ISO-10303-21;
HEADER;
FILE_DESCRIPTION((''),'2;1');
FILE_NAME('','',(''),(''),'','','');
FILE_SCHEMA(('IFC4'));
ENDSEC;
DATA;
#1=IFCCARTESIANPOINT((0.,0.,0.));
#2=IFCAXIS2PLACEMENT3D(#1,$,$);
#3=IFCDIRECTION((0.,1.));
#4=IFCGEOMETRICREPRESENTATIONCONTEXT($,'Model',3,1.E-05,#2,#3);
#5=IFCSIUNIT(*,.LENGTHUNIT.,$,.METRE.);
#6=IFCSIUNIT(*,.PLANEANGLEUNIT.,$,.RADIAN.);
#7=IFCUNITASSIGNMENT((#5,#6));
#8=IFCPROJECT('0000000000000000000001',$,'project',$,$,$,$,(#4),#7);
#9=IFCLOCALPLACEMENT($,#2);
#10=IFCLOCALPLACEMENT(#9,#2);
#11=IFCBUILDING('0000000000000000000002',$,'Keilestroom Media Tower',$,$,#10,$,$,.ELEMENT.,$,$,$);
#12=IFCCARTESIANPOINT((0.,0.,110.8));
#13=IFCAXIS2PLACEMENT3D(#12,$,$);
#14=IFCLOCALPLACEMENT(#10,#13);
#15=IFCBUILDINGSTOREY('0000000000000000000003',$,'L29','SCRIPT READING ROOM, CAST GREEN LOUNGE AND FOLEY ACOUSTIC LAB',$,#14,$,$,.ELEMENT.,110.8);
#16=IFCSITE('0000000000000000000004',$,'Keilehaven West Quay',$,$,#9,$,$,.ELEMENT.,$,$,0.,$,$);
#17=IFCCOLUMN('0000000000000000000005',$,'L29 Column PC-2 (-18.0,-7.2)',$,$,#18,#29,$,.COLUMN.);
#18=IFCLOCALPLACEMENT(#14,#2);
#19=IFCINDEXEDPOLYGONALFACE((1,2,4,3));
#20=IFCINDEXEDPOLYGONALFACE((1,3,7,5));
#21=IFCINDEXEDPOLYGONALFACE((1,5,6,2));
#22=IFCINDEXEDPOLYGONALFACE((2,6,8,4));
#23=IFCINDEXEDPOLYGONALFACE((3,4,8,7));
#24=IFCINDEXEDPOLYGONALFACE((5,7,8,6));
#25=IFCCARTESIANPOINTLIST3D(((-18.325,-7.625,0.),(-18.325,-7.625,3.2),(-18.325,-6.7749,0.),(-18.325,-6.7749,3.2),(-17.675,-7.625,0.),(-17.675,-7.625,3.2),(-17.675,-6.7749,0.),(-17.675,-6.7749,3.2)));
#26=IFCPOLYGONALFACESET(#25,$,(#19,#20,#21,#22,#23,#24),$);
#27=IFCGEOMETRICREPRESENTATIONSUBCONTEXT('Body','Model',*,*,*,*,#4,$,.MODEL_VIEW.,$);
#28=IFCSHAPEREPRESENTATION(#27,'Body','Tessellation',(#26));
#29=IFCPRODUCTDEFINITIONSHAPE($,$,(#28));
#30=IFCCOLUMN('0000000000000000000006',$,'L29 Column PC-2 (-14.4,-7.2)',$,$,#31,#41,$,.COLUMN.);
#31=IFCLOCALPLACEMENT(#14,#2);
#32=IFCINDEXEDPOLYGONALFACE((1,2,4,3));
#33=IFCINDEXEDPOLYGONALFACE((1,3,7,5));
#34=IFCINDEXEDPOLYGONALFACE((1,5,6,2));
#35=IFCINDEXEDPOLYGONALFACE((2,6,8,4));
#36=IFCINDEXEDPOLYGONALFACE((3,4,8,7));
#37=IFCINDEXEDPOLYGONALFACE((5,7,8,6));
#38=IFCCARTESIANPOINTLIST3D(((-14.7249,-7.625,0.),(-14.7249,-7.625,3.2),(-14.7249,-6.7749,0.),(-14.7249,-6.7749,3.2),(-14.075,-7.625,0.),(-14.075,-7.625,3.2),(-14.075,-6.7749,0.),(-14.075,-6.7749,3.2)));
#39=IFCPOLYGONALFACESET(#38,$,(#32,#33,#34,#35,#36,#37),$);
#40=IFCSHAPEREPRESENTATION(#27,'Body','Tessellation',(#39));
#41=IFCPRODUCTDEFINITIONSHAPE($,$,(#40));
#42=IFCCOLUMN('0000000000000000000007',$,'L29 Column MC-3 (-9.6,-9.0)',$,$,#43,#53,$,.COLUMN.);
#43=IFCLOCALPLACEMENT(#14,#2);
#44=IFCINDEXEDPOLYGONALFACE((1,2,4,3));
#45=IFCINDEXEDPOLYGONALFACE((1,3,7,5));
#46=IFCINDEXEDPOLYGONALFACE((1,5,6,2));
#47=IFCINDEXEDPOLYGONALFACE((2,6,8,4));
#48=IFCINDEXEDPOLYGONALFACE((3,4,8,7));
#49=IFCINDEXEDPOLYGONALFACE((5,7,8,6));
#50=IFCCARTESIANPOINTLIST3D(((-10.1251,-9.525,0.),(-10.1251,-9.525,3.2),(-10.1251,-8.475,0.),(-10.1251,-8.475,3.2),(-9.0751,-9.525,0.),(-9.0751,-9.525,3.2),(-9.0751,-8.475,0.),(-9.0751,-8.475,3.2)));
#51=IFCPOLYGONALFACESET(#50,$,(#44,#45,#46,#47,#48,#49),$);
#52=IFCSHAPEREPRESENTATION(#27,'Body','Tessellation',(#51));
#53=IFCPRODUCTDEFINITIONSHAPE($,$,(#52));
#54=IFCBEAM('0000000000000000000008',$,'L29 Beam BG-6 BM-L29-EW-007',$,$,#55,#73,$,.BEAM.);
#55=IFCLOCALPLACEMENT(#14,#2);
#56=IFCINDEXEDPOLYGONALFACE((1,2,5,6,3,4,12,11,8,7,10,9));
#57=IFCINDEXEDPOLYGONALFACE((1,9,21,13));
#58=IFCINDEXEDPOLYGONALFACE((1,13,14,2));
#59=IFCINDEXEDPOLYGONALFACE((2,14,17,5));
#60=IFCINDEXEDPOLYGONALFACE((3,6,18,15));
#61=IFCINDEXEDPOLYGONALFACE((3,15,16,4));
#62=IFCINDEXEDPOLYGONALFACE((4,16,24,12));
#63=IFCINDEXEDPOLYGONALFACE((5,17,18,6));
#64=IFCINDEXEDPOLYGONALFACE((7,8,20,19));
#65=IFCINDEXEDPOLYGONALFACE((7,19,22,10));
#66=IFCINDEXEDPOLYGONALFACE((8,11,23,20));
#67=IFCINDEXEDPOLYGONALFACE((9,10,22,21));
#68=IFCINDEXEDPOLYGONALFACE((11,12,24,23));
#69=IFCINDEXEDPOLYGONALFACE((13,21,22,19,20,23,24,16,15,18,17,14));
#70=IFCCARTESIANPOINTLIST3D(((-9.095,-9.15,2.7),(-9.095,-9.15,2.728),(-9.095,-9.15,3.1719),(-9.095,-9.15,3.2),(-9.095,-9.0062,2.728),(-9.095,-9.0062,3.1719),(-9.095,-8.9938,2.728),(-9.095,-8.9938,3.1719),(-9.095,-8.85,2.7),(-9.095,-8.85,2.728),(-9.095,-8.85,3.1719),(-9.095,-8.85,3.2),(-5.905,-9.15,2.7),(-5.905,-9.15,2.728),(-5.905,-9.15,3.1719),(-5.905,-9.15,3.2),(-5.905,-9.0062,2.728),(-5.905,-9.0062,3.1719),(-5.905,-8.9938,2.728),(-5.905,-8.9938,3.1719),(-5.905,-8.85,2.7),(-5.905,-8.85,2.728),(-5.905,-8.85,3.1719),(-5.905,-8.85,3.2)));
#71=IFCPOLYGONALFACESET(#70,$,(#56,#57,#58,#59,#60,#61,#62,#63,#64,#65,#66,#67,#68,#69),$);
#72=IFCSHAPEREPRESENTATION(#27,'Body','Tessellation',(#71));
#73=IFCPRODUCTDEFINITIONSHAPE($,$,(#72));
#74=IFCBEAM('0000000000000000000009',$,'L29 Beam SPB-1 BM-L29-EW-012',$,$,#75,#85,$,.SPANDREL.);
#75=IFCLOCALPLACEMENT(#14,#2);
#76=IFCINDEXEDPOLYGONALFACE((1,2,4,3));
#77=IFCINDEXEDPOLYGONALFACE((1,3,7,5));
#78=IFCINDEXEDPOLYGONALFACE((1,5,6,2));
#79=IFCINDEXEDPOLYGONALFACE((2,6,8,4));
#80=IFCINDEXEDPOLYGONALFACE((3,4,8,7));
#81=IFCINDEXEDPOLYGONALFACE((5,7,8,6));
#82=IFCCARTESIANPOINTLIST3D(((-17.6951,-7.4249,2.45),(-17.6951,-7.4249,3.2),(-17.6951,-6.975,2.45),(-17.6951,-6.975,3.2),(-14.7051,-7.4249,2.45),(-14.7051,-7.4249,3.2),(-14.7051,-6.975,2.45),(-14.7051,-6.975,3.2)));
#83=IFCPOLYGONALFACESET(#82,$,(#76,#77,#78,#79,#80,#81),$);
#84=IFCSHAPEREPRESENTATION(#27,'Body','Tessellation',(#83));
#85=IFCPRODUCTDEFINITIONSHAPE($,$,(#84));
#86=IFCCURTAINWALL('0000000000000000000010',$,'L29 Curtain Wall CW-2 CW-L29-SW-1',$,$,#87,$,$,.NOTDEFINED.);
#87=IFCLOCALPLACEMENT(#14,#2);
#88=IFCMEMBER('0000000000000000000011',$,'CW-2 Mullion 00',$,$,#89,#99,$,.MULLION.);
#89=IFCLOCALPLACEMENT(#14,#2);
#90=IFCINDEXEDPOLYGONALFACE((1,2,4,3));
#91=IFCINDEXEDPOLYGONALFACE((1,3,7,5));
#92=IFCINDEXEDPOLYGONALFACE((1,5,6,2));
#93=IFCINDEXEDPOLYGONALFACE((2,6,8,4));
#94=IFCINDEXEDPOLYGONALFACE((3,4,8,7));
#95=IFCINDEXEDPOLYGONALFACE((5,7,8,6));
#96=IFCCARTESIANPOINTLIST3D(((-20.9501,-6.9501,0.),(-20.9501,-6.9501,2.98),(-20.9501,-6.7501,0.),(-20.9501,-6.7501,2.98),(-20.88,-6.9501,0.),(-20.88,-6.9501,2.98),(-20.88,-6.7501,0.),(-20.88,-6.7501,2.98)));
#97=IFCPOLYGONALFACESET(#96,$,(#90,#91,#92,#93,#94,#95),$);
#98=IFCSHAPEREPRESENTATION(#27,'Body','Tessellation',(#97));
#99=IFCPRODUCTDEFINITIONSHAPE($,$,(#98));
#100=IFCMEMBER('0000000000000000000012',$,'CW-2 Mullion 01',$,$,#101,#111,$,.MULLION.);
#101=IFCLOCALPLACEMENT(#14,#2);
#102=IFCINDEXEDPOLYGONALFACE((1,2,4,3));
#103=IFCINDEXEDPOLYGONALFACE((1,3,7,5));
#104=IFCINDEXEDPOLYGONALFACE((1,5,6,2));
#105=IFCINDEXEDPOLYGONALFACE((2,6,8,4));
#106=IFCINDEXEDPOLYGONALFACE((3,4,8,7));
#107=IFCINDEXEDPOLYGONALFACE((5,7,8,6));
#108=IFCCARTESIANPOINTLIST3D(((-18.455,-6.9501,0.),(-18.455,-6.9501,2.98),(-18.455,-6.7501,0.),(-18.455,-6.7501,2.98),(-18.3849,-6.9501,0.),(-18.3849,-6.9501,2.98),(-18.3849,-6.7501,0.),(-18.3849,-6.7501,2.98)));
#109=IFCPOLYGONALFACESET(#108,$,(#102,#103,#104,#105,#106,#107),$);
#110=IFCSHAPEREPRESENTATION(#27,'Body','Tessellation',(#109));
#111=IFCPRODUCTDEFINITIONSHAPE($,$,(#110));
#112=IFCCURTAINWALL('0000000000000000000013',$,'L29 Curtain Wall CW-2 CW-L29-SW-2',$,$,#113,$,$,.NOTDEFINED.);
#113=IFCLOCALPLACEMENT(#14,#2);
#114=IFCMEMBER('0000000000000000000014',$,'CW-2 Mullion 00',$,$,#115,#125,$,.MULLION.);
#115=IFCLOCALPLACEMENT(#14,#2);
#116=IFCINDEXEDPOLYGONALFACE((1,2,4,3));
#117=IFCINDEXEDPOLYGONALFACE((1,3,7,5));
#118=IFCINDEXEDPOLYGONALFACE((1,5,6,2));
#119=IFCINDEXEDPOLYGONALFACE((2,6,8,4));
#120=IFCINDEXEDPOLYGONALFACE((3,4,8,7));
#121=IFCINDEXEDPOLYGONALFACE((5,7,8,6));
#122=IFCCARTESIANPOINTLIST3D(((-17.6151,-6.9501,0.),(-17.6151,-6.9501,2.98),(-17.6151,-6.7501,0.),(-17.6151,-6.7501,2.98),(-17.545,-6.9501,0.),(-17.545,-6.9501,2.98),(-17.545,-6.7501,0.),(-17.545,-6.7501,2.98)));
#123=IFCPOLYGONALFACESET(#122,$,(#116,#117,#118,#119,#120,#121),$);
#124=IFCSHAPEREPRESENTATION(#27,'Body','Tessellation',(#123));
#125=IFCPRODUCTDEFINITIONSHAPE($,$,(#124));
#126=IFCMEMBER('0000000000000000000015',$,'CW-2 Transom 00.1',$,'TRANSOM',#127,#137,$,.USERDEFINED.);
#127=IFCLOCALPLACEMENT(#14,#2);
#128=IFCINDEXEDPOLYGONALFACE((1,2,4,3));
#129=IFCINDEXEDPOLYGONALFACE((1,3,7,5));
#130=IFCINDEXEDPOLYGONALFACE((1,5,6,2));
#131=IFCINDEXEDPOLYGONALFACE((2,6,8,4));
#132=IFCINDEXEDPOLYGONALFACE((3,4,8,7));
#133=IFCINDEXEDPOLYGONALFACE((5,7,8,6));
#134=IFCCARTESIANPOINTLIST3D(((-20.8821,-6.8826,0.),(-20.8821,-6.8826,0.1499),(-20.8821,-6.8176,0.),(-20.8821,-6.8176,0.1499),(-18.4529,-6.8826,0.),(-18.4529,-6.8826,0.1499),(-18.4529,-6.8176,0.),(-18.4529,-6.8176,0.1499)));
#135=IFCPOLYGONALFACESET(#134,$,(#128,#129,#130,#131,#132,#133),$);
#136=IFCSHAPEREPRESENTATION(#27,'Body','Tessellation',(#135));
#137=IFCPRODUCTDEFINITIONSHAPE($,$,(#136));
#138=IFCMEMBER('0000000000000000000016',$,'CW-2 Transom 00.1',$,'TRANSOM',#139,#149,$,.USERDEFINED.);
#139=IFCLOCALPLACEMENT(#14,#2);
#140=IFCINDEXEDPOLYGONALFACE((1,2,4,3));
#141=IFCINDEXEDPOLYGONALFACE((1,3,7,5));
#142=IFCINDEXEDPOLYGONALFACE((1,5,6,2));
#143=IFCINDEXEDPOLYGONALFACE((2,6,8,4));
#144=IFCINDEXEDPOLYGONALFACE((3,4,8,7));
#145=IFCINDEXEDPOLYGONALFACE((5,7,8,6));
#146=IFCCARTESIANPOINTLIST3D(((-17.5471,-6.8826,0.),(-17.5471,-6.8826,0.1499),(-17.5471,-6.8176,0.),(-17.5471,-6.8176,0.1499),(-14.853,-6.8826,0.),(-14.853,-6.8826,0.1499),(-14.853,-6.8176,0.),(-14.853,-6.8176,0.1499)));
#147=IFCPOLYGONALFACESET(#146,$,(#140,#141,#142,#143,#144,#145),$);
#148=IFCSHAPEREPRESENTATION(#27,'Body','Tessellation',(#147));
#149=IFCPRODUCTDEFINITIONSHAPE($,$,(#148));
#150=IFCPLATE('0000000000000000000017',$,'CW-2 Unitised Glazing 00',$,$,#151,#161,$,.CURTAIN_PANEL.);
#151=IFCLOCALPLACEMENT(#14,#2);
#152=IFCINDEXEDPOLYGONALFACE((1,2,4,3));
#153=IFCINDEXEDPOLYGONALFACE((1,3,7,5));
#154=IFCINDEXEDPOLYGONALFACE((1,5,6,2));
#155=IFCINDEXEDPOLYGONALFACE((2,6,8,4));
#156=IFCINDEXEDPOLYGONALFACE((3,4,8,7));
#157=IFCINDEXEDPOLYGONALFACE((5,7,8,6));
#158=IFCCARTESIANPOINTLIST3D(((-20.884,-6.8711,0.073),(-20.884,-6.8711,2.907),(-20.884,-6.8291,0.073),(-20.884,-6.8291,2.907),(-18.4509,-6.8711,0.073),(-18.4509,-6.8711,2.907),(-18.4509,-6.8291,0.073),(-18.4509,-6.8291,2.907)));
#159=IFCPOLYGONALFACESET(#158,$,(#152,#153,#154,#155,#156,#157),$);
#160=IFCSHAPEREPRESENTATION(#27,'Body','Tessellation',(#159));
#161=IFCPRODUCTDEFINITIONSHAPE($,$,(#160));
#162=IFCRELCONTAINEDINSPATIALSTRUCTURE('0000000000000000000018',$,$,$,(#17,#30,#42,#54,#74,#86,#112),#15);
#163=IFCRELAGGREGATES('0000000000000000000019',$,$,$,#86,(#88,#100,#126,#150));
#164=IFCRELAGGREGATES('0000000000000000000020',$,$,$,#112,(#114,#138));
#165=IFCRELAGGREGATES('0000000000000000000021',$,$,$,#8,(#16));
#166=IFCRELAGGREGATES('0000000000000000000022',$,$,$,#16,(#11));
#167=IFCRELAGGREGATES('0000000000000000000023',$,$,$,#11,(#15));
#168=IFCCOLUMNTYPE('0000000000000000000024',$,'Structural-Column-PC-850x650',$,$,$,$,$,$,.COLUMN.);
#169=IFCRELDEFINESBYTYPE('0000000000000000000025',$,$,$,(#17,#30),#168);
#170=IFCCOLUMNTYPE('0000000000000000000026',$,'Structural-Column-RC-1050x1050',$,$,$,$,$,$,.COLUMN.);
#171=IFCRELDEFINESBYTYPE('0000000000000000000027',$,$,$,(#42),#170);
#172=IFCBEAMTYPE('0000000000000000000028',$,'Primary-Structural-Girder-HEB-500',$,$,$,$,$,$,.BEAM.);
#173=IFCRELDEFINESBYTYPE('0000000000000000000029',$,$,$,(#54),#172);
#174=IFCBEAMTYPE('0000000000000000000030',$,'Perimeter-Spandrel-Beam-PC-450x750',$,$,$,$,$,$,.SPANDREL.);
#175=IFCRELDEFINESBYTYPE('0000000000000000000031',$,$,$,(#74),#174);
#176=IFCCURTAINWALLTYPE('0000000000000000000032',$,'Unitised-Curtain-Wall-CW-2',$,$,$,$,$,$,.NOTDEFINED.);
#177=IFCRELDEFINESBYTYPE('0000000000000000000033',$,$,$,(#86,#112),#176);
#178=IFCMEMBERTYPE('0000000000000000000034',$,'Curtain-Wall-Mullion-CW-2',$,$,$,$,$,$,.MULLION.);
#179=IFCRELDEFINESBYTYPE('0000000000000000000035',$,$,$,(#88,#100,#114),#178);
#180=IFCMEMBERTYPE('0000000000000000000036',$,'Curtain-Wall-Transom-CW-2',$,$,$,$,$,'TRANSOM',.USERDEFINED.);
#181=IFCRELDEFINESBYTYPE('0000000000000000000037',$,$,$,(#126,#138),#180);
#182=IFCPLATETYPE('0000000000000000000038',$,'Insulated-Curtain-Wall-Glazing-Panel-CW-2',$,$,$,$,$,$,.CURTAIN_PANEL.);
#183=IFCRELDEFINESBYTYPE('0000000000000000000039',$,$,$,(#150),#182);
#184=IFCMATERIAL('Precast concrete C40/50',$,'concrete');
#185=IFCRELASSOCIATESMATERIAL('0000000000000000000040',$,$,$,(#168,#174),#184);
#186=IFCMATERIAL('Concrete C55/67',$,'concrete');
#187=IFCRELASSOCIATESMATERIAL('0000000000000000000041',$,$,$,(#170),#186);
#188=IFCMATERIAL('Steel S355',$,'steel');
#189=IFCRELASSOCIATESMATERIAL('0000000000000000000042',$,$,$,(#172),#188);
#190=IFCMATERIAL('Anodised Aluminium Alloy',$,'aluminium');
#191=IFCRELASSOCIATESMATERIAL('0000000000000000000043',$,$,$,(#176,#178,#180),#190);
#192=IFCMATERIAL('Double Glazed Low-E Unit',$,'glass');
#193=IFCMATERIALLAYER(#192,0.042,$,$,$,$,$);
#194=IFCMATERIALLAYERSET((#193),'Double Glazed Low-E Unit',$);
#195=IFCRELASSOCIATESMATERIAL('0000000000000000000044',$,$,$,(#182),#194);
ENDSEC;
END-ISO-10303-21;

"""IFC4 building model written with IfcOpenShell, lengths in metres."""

from ifc_helpers import new_model, si_unit, direction, frame, origin, origin_2d, place, context, subcontext, project, spatial, rectangle, i_section, extrude, source, transform, mapped, material, layer, layer_set, material_profile, profile_set, type_object, element, aggregate, save


model = new_model("IFC4")

# Units and contexts
model_context = context("Model", 3, precision=1e-05, world=origin(), true_north=direction((0.0, 1.0)))
body_context = subcontext(model_context, "Body", "Model", "MODEL_VIEW")
ifc_project = project(units=[si_unit("LENGTHUNIT", "METRE"), si_unit("PLANEANGLEUNIT", "RADIAN")], contexts=[model_context])

# Site, building, storey
site_placement = place(None, origin())
site = spatial("IfcSite", under=ifc_project, at=site_placement, Name="Keilehaven West Quay", CompositionType="ELEMENT", RefElevation=0.0)
building_placement = place(site_placement, origin())
building = spatial("IfcBuilding", under=site, at=building_placement, Name="Keilestroom Media Tower", CompositionType="ELEMENT")
storey_placement = place(building_placement, frame((0.0, 0.0, 110.8)))
storey = spatial("IfcBuildingStorey", under=building, at=storey_placement, Name="L29", Description="SCRIPT READING ROOM, CAST GREEN LOUNGE AND FOLEY ACOUSTIC LAB", CompositionType="ELEMENT", Elevation=110.8)

# Columns
ifc_material_1 = material(Name="Precast concrete C40/50", Category="concrete")
ifc_material_profile_1 = material_profile(ifc_material_1, rectangle(XDim=0.6499, YDim=0.8501, at=origin_2d()), Name="PC 850x650")
ifc_profile_set_1 = profile_set([ifc_material_profile_1], Name="Precast concrete C40/50")
column_type_1 = type_object("IfcColumnType", Name="Structural-Column-PC-850x650", PredefinedType="COLUMN", material=ifc_profile_set_1)
shared_shape_1 = source(origin(), body_context, "Body", "SweptSolid", [
    extrude(rectangle(XDim=0.6499, YDim=0.8501, at=origin_2d()), origin(), (0.0, 0.0, 1.0), 3.2),
])
for number, where, z_axis, x_axis, name in (
    (1, (-18.0, -7.2, 0.0), (0.0, 0.0, 1.0), (1.0, 0.0, 0.0), "L29 Column PC-2 (-18.0,-7.2)"),
    (2, (-14.3999, -7.2, 0.0), (0.0, 0.0, 1.0), (1.0, 0.0, 0.0), "L29 Column PC-2 (-14.4,-7.2)"),
):
    element("IfcColumn", number, at=place(storey_placement, frame(where, z_axis=z_axis, x_axis=x_axis)), inside=storey, type_object=column_type_1, Name=name, PredefinedType="COLUMN", context=body_context, shape_type="MappedRepresentation", body=[
        mapped(shared_shape_1, transform((0.0, 0.0, 0.0), x_axis=(1.0, 0.0, 0.0), y_axis=(0.0, 1.0, 0.0), z_axis=(0.0, 0.0, 1.0), scale=1.0)),
    ])
ifc_material_2 = material(Name="Concrete C55/67", Category="concrete")
ifc_material_profile_2 = material_profile(ifc_material_2, rectangle(XDim=1.05, YDim=1.05, at=origin_2d()), Name="RC 1050x1050")
ifc_profile_set_2 = profile_set([ifc_material_profile_2], Name="Concrete C55/67")
column_type_2 = type_object("IfcColumnType", Name="Structural-Column-RC-1050x1050", PredefinedType="COLUMN", material=ifc_profile_set_2)
shared_shape_2 = source(origin(), body_context, "Body", "SweptSolid", [
    extrude(rectangle(XDim=1.05, YDim=1.05, at=origin_2d()), origin(), (0.0, 0.0, 1.0), 3.2),
])
column_placement = place(storey_placement, frame((-9.6001, -9.0, 0.0), z_axis=(0.0, 0.0, 1.0), x_axis=(1.0, 0.0, 0.0)))
element("IfcColumn", 3, at=column_placement, inside=storey, type_object=column_type_2, Name="L29 Column MC-3 (-9.6,-9.0)", PredefinedType="COLUMN", context=body_context, shape_type="MappedRepresentation", body=[
    mapped(shared_shape_2, transform((0.0, 0.0, 0.0), x_axis=(1.0, 0.0, 0.0), y_axis=(0.0, 1.0, 0.0), z_axis=(0.0, 0.0, 1.0), scale=1.0)),
])

# Beams
ifc_material_3 = material(Name="Steel S355", Category="steel")
ifc_material_profile_3 = material_profile(ifc_material_3, i_section(OverallWidth=0.3, OverallDepth=0.5, WebThickness=0.0125, FlangeThickness=0.0281, at=origin_2d()), Name="HEB 500")
ifc_profile_set_3 = profile_set([ifc_material_profile_3], Name="Steel S355")
beam_type_1 = type_object("IfcBeamType", Name="Primary-Structural-Girder-HEB-500", PredefinedType="BEAM", material=ifc_profile_set_3)
shared_shape_3 = source(origin(), body_context, "Body", "SweptSolid", [
    extrude(i_section(OverallWidth=0.3, OverallDepth=0.5, WebThickness=0.0125, FlangeThickness=0.0281, at=origin_2d()), origin(), (0.0, 0.0, 1.0), 3.1899),
])
beam_1_placement = place(storey_placement, frame((-9.095, -9.0, 2.95), z_axis=(1.0, 0.0, 0.0), x_axis=(0.0, 1.0, 0.0)))
element("IfcBeam", 4, at=beam_1_placement, inside=storey, type_object=beam_type_1, Name="L29 Beam BG-6 BM-L29-EW-007", PredefinedType="BEAM", context=body_context, shape_type="MappedRepresentation", body=[
    mapped(shared_shape_3, transform((0.0, 0.0, 0.0), x_axis=(1.0, 0.0, 0.0), y_axis=(0.0, 1.0, 0.0), z_axis=(0.0, 0.0, 1.0), scale=1.0)),
])
ifc_material_profile_4 = material_profile(ifc_material_1, rectangle(XDim=0.45, YDim=0.75, at=origin_2d()), Name="PC 450x750")
ifc_profile_set_4 = profile_set([ifc_material_profile_4], Name="Precast concrete C40/50")
beam_type_2 = type_object("IfcBeamType", Name="Perimeter-Spandrel-Beam-PC-450x750", PredefinedType="SPANDREL", material=ifc_profile_set_4)
shared_shape_4 = source(origin(), body_context, "Body", "SweptSolid", [
    extrude(rectangle(XDim=0.45, YDim=0.75, at=origin_2d()), origin(), (0.0, 0.0, 1.0), 2.99),
])
beam_2_placement = place(storey_placement, frame((-17.6951, -7.2, 2.825), z_axis=(1.0, 0.0, 0.0), x_axis=(0.0, 1.0, 0.0)))
element("IfcBeam", 5, at=beam_2_placement, inside=storey, type_object=beam_type_2, Name="L29 Beam SPB-1 BM-L29-EW-012", PredefinedType="SPANDREL", context=body_context, shape_type="MappedRepresentation", body=[
    mapped(shared_shape_4, transform((0.0, 0.0, 0.0), x_axis=(1.0, 0.0, 0.0), y_axis=(0.0, 1.0, 0.0), z_axis=(0.0, 0.0, 1.0), scale=1.0)),
])

# Curtain wall, members
ifc_material_4 = material(Name="Anodised Aluminium Alloy", Category="aluminium")
curtain_wall_type = type_object("IfcCurtainWallType", Name="Unitised-Curtain-Wall-CW-2", PredefinedType="NOTDEFINED", material=ifc_material_4)
curtain_wall_1_placement = place(storey_placement, origin())
curtain_wall_1 = element("IfcCurtainWall", 6, at=curtain_wall_1_placement, inside=storey, type_object=curtain_wall_type, Name="L29 Curtain Wall CW-2 CW-L29-SW-1", PredefinedType="NOTDEFINED")
ifc_material_profile_5 = material_profile(ifc_material_4, rectangle(XDim=0.0701, YDim=0.2, at=origin_2d()), Name="ALU MULLION 70x200")
ifc_profile_set_5 = profile_set([ifc_material_profile_5], Name="Anodised Aluminium Alloy")
member_type_1 = type_object("IfcMemberType", Name="Curtain-Wall-Mullion-CW-2", PredefinedType="MULLION", material=ifc_profile_set_5)
shared_shape_5 = source(origin(), body_context, "Body", "SweptSolid", [
    extrude(rectangle(XDim=0.0701, YDim=0.2, at=origin_2d()), origin(), (0.0, 0.0, 1.0), 2.98),
])
member_1_placement = place(storey_placement, frame((-20.915, -6.8501, 0.0), z_axis=(0.0, 0.0, 1.0), x_axis=(1.0, 0.0, 0.0)))
member_1 = element("IfcMember", 7, at=member_1_placement, type_object=member_type_1, Name="CW-2 Mullion 00", PredefinedType="MULLION", context=body_context, shape_type="MappedRepresentation", body=[
    mapped(shared_shape_5, transform((0.0, 0.0, 0.0), x_axis=(1.0, 0.0, 0.0), y_axis=(0.0, 1.0, 0.0), z_axis=(0.0, 0.0, 1.0), scale=1.0)),
])
member_2_placement = place(storey_placement, frame((-18.4199, -6.8501, 0.0), z_axis=(0.0, 0.0, 1.0), x_axis=(1.0, 0.0, 0.0)))
member_2 = element("IfcMember", 8, at=member_2_placement, type_object=member_type_1, Name="CW-2 Mullion 01", PredefinedType="MULLION", context=body_context, shape_type="MappedRepresentation", body=[
    mapped(shared_shape_5, transform((0.0, 0.0, 0.0), x_axis=(1.0, 0.0, 0.0), y_axis=(0.0, 1.0, 0.0), z_axis=(0.0, 0.0, 1.0), scale=1.0)),
])

# Curtain wall, member
curtain_wall_2_placement = place(storey_placement, origin())
curtain_wall_2 = element("IfcCurtainWall", 9, at=curtain_wall_2_placement, inside=storey, type_object=curtain_wall_type, Name="L29 Curtain Wall CW-2 CW-L29-SW-2", PredefinedType="NOTDEFINED")
member_3_placement = place(storey_placement, frame((-17.5801, -6.8501, 0.0), z_axis=(0.0, 0.0, 1.0), x_axis=(1.0, 0.0, 0.0)))
member_3 = element("IfcMember", 10, at=member_3_placement, type_object=member_type_1, Name="CW-2 Mullion 00", PredefinedType="MULLION", context=body_context, shape_type="MappedRepresentation", body=[
    mapped(shared_shape_5, transform((0.0, 0.0, 0.0), x_axis=(1.0, 0.0, 0.0), y_axis=(0.0, 1.0, 0.0), z_axis=(0.0, 0.0, 1.0), scale=1.0)),
])

# Members
ifc_material_profile_6 = material_profile(ifc_material_4, rectangle(XDim=0.0649, YDim=0.1499, at=origin_2d()), Name="ALU TRANSOM 65x150")
ifc_profile_set_6 = profile_set([ifc_material_profile_6], Name="Anodised Aluminium Alloy")
member_type_2 = type_object("IfcMemberType", Name="Curtain-Wall-Transom-CW-2", ElementType="TRANSOM", PredefinedType="USERDEFINED", material=ifc_profile_set_6)
shared_shape_6 = source(origin(), body_context, "Body", "SweptSolid", [
    extrude(rectangle(XDim=0.0649, YDim=0.1499, at=origin_2d()), origin(), (0.0, 0.0, 1.0), 2.4292),
])
member_4_placement = place(storey_placement, frame((-20.8821, -6.8501, 0.075), z_axis=(1.0, 0.0, 0.0), x_axis=(0.0, 1.0, 0.0)))
member_4 = element("IfcMember", 11, at=member_4_placement, type_object=member_type_2, Name="CW-2 Transom 00.1", ObjectType="TRANSOM", PredefinedType="USERDEFINED", context=body_context, shape_type="MappedRepresentation", body=[
    mapped(shared_shape_6, transform((0.0, 0.0, 0.0), x_axis=(1.0, 0.0, 0.0), y_axis=(0.0, 1.0, 0.0), z_axis=(0.0, 0.0, 1.0), scale=1.0)),
])
shared_shape_7 = source(origin(), body_context, "Body", "SweptSolid", [
    extrude(rectangle(XDim=0.0649, YDim=0.1499, at=origin_2d()), origin(), (0.0, 0.0, 1.0), 2.6941),
])
member_5_placement = place(storey_placement, frame((-17.5471, -6.8501, 0.075), z_axis=(1.0, 0.0, 0.0), x_axis=(0.0, 1.0, 0.0)))
member_5 = element("IfcMember", 12, at=member_5_placement, type_object=member_type_2, Name="CW-2 Transom 00.1", ObjectType="TRANSOM", PredefinedType="USERDEFINED", context=body_context, shape_type="MappedRepresentation", body=[
    mapped(shared_shape_7, transform((0.0, 0.0, 0.0), x_axis=(1.0, 0.0, 0.0), y_axis=(0.0, 1.0, 0.0), z_axis=(0.0, 0.0, 1.0), scale=1.0)),
])

# Plate
ifc_material_5 = material(Name="Double Glazed Low-E Unit", Category="glass")
ifc_layer_1 = layer(ifc_material_5, 0.042)
ifc_layer_set_1 = layer_set([ifc_layer_1], Name="Double Glazed Low-E Unit")
plate_type = type_object("IfcPlateType", Name="Insulated-Curtain-Wall-Glazing-Panel-CW-2", PredefinedType="CURTAIN_PANEL", material=ifc_layer_set_1)
shared_shape_8 = source(origin(), body_context, "Body", "SweptSolid", [
    extrude(rectangle(XDim=2.4331, YDim=0.042, at=origin_2d()), origin(), (0.0, 0.0, 1.0), 2.834),
])
plate_1_placement = place(storey_placement, frame((-19.6675, -6.8501, 0.073), z_axis=(0.0, 0.0, 1.0), x_axis=(1.0, 0.0, 0.0)))
plate_1 = element("IfcPlate", 13, at=plate_1_placement, type_object=plate_type, Name="CW-2 Unitised Glazing 00", PredefinedType="CURTAIN_PANEL", context=body_context, shape_type="MappedRepresentation", body=[
    mapped(shared_shape_8, transform((0.0, 0.0, 0.0), x_axis=(1.0, 0.0, 0.0), y_axis=(0.0, 1.0, 0.0), z_axis=(0.0, 0.0, 1.0), scale=1.0)),
])
aggregate(curtain_wall_1, [member_1, member_2, member_4, plate_1])
aggregate(curtain_wall_2, [member_3, member_5])

save(model, "model.ifc")
